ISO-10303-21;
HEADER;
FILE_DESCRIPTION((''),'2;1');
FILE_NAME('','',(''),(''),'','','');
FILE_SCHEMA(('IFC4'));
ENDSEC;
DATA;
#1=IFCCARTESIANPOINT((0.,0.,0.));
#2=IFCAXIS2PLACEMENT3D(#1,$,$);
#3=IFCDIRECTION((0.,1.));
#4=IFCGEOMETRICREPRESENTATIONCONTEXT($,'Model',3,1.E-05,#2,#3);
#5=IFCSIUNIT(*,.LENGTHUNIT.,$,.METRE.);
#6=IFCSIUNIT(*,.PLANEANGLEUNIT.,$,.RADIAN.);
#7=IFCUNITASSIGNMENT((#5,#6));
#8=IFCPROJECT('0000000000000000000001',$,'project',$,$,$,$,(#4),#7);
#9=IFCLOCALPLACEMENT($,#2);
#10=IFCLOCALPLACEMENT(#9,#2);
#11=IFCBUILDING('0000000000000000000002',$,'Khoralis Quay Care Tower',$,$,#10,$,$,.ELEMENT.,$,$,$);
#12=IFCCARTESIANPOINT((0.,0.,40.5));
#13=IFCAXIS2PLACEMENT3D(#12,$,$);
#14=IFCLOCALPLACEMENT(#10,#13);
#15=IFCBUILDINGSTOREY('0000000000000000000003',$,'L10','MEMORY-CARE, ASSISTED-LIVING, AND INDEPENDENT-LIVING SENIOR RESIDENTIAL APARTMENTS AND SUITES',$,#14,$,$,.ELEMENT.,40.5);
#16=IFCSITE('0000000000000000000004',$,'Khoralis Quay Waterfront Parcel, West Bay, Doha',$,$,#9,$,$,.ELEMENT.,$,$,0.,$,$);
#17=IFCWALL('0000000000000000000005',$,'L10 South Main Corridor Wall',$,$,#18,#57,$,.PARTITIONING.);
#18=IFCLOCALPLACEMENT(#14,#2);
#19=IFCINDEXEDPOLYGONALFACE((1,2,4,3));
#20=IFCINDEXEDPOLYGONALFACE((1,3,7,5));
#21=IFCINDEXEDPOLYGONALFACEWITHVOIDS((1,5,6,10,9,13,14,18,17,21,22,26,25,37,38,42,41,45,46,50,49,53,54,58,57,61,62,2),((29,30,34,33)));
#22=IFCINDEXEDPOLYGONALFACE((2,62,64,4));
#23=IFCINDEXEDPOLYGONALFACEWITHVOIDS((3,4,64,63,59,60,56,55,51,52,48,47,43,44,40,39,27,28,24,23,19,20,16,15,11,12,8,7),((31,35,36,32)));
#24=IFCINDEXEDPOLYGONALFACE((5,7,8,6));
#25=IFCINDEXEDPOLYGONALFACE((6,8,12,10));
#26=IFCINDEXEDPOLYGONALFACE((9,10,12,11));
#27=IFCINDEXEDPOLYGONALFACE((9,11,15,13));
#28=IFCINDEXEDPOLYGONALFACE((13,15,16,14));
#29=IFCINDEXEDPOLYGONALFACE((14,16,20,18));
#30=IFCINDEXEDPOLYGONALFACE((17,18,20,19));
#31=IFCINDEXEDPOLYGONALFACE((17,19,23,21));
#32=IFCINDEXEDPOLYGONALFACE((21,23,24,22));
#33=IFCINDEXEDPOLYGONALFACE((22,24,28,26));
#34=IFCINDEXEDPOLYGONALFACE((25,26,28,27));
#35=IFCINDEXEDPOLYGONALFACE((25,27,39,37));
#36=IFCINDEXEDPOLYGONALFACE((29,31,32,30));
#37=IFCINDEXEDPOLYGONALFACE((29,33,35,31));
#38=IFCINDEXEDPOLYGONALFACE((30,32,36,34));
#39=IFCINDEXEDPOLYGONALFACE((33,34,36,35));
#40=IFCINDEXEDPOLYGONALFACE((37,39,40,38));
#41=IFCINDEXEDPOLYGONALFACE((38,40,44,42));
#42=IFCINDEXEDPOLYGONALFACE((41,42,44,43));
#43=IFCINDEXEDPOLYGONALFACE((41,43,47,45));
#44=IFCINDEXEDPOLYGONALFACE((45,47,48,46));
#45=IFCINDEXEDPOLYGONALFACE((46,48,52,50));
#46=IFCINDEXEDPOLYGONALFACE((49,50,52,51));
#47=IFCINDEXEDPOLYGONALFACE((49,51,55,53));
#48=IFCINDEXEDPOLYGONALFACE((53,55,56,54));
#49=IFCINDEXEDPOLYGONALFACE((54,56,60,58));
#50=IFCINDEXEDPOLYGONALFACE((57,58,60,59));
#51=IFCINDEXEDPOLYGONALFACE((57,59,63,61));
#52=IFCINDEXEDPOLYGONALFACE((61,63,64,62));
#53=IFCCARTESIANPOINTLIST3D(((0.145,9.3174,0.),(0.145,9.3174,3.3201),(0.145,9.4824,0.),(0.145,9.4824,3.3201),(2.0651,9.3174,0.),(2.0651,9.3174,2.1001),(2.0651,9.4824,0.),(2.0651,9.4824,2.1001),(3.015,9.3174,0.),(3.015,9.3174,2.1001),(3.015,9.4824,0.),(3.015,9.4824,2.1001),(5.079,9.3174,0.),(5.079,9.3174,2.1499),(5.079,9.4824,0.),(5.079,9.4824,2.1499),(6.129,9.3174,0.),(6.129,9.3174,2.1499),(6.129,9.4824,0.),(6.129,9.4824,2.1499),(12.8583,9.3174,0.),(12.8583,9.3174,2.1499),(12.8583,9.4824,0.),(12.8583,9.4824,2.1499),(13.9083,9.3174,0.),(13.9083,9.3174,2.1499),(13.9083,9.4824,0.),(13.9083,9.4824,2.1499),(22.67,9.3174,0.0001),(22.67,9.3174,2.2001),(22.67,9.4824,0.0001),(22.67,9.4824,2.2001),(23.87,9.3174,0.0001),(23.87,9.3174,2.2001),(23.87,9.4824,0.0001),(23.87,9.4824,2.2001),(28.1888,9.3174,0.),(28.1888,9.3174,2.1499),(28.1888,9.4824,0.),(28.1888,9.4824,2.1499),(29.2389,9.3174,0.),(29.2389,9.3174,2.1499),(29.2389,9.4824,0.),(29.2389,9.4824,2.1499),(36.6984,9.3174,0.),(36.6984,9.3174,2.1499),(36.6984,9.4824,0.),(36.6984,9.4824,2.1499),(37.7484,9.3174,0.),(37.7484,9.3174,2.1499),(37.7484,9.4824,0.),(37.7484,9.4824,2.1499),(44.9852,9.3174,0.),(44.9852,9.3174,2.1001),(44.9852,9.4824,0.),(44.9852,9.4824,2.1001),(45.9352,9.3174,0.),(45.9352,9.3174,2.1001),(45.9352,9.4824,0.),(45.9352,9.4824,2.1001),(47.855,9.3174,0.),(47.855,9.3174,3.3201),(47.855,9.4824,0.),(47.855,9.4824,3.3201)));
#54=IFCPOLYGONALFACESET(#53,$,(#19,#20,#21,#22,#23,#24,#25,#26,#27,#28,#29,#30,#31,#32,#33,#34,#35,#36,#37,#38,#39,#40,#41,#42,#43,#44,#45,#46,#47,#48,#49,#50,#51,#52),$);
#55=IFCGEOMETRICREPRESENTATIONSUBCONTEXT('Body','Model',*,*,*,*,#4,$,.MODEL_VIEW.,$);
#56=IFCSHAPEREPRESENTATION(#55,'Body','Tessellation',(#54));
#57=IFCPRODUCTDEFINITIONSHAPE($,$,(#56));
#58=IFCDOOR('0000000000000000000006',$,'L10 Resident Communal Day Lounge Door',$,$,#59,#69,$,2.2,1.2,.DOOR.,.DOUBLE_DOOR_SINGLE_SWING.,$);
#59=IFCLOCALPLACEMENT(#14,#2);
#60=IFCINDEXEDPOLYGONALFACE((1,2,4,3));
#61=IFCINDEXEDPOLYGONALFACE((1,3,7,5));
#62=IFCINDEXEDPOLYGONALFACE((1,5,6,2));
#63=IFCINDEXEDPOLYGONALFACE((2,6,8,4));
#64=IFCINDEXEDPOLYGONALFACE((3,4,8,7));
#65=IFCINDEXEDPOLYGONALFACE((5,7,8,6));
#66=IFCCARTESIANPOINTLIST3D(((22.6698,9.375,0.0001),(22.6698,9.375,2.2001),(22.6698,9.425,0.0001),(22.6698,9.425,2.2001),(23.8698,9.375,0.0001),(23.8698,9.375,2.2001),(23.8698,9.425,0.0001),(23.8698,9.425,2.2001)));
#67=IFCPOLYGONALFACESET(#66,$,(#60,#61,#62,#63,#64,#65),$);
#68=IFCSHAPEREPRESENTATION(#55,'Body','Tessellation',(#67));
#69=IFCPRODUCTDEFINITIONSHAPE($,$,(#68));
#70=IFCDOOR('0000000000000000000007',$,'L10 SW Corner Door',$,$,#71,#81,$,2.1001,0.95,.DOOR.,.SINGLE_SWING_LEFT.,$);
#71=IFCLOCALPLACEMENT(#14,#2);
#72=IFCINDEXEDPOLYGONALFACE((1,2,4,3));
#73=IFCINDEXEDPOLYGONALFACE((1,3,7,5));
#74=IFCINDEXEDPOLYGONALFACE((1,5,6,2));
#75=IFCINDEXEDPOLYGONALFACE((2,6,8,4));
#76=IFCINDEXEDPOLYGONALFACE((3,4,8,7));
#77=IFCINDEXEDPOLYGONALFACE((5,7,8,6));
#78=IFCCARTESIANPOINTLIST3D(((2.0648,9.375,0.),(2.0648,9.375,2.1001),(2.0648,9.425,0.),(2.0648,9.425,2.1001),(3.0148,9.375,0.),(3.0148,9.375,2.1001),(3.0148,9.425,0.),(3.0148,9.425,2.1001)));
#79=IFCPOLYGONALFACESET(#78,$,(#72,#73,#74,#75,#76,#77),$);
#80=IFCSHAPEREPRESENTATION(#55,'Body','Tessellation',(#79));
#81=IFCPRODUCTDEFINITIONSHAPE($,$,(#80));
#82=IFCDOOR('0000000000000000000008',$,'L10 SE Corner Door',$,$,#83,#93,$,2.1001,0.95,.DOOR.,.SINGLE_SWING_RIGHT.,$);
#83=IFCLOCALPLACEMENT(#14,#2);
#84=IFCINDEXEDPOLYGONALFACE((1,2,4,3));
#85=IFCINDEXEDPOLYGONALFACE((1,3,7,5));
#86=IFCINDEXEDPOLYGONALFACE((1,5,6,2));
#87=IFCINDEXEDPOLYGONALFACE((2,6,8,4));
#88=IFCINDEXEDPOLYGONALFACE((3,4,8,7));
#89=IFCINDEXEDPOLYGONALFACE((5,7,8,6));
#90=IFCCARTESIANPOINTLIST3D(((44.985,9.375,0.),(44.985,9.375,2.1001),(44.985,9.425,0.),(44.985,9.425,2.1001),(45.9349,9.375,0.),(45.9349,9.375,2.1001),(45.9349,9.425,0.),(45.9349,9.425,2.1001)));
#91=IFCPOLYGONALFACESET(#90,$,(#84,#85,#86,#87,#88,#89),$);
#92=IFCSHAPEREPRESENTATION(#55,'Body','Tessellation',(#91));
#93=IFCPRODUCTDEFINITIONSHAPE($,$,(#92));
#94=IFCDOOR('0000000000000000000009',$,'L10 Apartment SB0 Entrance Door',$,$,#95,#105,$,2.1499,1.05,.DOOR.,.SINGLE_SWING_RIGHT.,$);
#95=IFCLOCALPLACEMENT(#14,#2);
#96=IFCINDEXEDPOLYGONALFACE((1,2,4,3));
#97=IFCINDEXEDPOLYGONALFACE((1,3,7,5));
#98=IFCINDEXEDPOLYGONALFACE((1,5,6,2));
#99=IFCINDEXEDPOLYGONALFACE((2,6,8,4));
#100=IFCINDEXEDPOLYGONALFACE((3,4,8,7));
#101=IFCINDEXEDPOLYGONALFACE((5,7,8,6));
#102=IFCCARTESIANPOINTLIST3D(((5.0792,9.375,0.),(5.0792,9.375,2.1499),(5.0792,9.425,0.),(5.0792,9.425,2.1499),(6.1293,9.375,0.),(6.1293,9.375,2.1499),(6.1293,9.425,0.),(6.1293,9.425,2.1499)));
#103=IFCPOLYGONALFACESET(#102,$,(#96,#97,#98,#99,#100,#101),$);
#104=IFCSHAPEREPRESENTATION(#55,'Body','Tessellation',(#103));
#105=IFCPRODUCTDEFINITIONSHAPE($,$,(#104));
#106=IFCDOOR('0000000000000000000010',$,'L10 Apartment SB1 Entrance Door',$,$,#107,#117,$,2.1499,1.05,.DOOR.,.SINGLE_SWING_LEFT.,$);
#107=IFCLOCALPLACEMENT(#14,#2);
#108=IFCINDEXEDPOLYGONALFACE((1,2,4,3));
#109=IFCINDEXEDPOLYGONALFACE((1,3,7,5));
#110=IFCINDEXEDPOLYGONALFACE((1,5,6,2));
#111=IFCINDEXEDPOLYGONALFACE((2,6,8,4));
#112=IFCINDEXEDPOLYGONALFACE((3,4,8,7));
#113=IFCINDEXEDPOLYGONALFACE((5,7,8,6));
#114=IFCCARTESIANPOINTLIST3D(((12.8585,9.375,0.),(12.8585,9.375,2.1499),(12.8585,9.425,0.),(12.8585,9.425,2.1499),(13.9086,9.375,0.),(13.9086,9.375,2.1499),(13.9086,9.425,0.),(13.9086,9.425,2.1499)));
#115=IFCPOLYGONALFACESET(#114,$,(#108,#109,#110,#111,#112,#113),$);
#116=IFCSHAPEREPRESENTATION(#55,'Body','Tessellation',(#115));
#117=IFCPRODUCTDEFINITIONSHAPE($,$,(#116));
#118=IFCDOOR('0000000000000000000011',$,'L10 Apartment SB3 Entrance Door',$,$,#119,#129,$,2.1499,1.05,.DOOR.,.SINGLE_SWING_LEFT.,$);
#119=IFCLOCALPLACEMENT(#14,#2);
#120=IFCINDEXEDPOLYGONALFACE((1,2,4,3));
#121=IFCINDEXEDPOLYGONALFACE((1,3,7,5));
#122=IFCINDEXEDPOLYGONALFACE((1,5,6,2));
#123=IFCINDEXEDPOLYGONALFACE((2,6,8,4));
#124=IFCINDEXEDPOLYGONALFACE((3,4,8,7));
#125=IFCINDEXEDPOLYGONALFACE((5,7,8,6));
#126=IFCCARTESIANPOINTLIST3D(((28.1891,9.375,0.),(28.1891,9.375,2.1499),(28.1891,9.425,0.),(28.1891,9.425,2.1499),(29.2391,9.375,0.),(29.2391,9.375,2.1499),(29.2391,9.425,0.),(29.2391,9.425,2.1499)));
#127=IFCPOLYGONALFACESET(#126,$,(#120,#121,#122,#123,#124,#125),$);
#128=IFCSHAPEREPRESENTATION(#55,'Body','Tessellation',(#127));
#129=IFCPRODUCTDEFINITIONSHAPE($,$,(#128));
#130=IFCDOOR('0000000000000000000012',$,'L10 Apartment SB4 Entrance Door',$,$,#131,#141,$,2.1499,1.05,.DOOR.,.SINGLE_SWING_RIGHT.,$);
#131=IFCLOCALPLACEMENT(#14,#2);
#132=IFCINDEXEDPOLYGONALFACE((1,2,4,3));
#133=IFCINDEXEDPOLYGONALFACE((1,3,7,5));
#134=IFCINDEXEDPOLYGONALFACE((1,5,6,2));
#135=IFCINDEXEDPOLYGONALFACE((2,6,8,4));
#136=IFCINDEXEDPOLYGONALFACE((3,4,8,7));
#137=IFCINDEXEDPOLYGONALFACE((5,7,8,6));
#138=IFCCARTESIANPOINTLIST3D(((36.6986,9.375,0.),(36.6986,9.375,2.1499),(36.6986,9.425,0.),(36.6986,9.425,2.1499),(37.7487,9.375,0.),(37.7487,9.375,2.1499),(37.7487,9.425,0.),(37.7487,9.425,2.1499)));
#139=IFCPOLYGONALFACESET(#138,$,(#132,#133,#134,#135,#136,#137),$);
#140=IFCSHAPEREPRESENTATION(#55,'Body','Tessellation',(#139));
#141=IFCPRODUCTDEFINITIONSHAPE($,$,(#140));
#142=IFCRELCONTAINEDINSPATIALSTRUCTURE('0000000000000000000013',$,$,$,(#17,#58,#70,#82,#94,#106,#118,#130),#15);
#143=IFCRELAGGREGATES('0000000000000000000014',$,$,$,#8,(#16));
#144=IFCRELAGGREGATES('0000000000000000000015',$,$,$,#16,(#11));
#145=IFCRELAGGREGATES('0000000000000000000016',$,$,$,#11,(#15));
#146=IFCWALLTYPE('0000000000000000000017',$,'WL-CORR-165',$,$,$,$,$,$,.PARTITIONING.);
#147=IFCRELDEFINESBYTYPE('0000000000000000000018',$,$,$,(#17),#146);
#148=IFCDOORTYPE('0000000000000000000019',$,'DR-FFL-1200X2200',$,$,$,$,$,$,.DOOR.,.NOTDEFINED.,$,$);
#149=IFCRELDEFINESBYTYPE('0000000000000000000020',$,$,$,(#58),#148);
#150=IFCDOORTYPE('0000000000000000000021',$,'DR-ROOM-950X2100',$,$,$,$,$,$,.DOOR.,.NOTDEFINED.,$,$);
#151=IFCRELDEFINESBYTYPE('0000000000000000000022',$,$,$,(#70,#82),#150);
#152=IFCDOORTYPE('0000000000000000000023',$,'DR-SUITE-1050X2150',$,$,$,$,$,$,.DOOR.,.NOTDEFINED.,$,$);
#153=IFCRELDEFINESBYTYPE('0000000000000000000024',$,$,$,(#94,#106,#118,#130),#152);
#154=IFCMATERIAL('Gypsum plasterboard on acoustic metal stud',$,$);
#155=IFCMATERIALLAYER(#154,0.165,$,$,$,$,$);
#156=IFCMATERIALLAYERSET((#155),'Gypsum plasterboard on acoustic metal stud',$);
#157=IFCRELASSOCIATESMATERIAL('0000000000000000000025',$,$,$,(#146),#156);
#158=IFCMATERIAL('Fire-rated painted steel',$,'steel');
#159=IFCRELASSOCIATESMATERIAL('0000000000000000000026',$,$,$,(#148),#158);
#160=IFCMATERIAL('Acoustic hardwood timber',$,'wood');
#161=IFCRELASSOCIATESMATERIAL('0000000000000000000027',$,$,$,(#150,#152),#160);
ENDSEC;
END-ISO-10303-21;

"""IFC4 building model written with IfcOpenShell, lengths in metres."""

from ifc_helpers import new_model, si_unit, direction, frame, frame_2d, origin, place, context, subcontext, project, spatial, rectangle, extrude, source, transform, mapped, material, layer, layer_set, type_object, element, fill, save


model = new_model("IFC4")

# Units and contexts
model_context = context("Model", 3, precision=1e-05, world=origin(), true_north=direction((0.0, 1.0)))
body_context = subcontext(model_context, "Body", "Model", "MODEL_VIEW")
ifc_project = project(units=[si_unit("LENGTHUNIT", "METRE"), si_unit("PLANEANGLEUNIT", "RADIAN")], contexts=[model_context])

# Site, building, storey
site_placement = place(None, origin())
site = spatial("IfcSite", under=ifc_project, at=site_placement, Name="Khoralis Quay Waterfront Parcel, West Bay, Doha", CompositionType="ELEMENT", RefElevation=0.0)
building_placement = place(site_placement, origin())
building = spatial("IfcBuilding", under=site, at=building_placement, Name="Khoralis Quay Care Tower", CompositionType="ELEMENT")
storey_placement = place(building_placement, frame((0.0, 0.0, 40.5)))
storey = spatial("IfcBuildingStorey", under=building, at=storey_placement, Name="L10", Description="MEMORY-CARE, ASSISTED-LIVING, AND INDEPENDENT-LIVING SENIOR RESIDENTIAL APARTMENTS AND SUITES", CompositionType="ELEMENT", Elevation=40.5)

# Wall, openings, doors
ifc_material_1 = material(Name="Gypsum plasterboard on acoustic metal stud")
ifc_layer_1 = layer(ifc_material_1, 0.165)
ifc_layer_set_1 = layer_set([ifc_layer_1], Name="Gypsum plasterboard on acoustic metal stud")
wall_type_1 = type_object("IfcWallType", Name="WL-CORR-165", PredefinedType="PARTITIONING", material=ifc_layer_set_1)
wall_1_placement = place(storey_placement, frame((0.145, 9.3999, 0.0), z_axis=(0.0, 0.0, 1.0), x_axis=(1.0, 0.0, 0.0)))
wall_1 = element("IfcWall", 1, at=wall_1_placement, inside=storey, type_object=wall_type_1, Name="L10 South Main Corridor Wall", PredefinedType="PARTITIONING", context=body_context, shape_type="SweptSolid", body=[
    extrude(rectangle(XDim=47.71, YDim=0.165, at=frame_2d((23.855, 0.0))), origin(), (0.0, 0.0, 1.0), 3.3201),
])
opening_1_placement = place(wall_1_placement, frame((4.9341, 0.0, 0.0)))
opening_1 = element("IfcOpeningElement", 2, at=opening_1_placement, cuts=wall_1, PredefinedType="OPENING", context=body_context, shape_type="SweptSolid", body=[
    extrude(rectangle(XDim=1.05, YDim=2.1499, at=frame_2d((0.5249, 1.075))), frame((0.0, 0.0925, 0.0), z_axis=(0.0, -1.0, 0.0), x_axis=(1.0, 0.0, 0.0)), (0.0, 0.0, 1.0), 0.1851),
])
opening_2_placement = place(wall_1_placement, frame((12.7134, 0.0, 0.0)))
opening_2 = element("IfcOpeningElement", 3, at=opening_2_placement, cuts=wall_1, PredefinedType="OPENING", context=body_context, shape_type="SweptSolid", body=[
    extrude(rectangle(XDim=1.05, YDim=2.1499, at=frame_2d((0.5249, 1.075))), frame((0.0, 0.0925, 0.0), z_axis=(0.0, -1.0, 0.0), x_axis=(1.0, 0.0, 0.0)), (0.0, 0.0, 1.0), 0.1851),
])
opening_3_placement = place(wall_1_placement, frame((22.5249, 0.0, 0.0)))
opening_3 = element("IfcOpeningElement", 4, at=opening_3_placement, cuts=wall_1, PredefinedType="OPENING", context=body_context, shape_type="SweptSolid", body=[
    extrude(rectangle(XDim=1.2, YDim=2.2, at=frame_2d((0.6001, 1.1001))), frame((0.0, 0.0925, 0.0), z_axis=(0.0, -1.0, 0.0), x_axis=(1.0, 0.0, 0.0)), (0.0, 0.0, 1.0), 0.1851),
])
opening_4_placement = place(wall_1_placement, frame((28.0439, 0.0, 0.0)))
opening_4 = element("IfcOpeningElement", 5, at=opening_4_placement, cuts=wall_1, PredefinedType="OPENING", context=body_context, shape_type="SweptSolid", body=[
    extrude(rectangle(XDim=1.05, YDim=2.1499, at=frame_2d((0.5249, 1.075))), frame((0.0, 0.0925, 0.0), z_axis=(0.0, -1.0, 0.0), x_axis=(1.0, 0.0, 0.0)), (0.0, 0.0, 1.0), 0.1851),
])
opening_5_placement = place(wall_1_placement, frame((36.5535, 0.0, 0.0)))
opening_5 = element("IfcOpeningElement", 6, at=opening_5_placement, cuts=wall_1, PredefinedType="OPENING", context=body_context, shape_type="SweptSolid", body=[
    extrude(rectangle(XDim=1.05, YDim=2.1499, at=frame_2d((0.5249, 1.075))), frame((0.0, 0.0925, 0.0), z_axis=(0.0, -1.0, 0.0), x_axis=(1.0, 0.0, 0.0)), (0.0, 0.0, 1.0), 0.1851),
])
opening_6_placement = place(wall_1_placement, frame((1.9199, 0.0, 0.0)))
opening_6 = element("IfcOpeningElement", 7, at=opening_6_placement, cuts=wall_1, PredefinedType="OPENING", context=body_context, shape_type="SweptSolid", body=[
    extrude(rectangle(XDim=0.95, YDim=2.1001, at=frame_2d((0.4751, 1.05))), frame((0.0, 0.0925, 0.0), z_axis=(0.0, -1.0, 0.0), x_axis=(1.0, 0.0, 0.0)), (0.0, 0.0, 1.0), 0.1851),
])
opening_7_placement = place(wall_1_placement, frame((44.8401, 0.0, 0.0)))
opening_7 = element("IfcOpeningElement", 8, at=opening_7_placement, cuts=wall_1, PredefinedType="OPENING", context=body_context, shape_type="SweptSolid", body=[
    extrude(rectangle(XDim=0.95, YDim=2.1001, at=frame_2d((0.4751, 1.05))), frame((0.0, 0.0925, 0.0), z_axis=(0.0, -1.0, 0.0), x_axis=(1.0, 0.0, 0.0)), (0.0, 0.0, 1.0), 0.1851),
])
ifc_material_2 = material(Name="Fire-rated painted steel", Category="steel")
door_type_1 = type_object("IfcDoorType", Name="DR-FFL-1200X2200", OperationType="NOTDEFINED", PredefinedType="DOOR", material=ifc_material_2)
shared_shape_1 = source(origin(), body_context, "Body", "SweptSolid", [
    extrude(rectangle(XDim=1.2, YDim=2.2, at=frame_2d((0.6001, 1.1001))), frame((0.0, 0.0249, 0.0), z_axis=(0.0, -1.0, 0.0), x_axis=(1.0, 0.0, 0.0)), (0.0, 0.0, 1.0), 0.05),
])
door_1_placement = place(opening_3_placement, frame((1.2, 0.0, 0.0), z_axis=(0.0, 0.0, 1.0), x_axis=(-1.0, 0.0, 0.0)))
door_1 = element("IfcDoor", 9, at=door_1_placement, inside=storey, type_object=door_type_1, Name="L10 Resident Communal Day Lounge Door", OperationType="DOUBLE_DOOR_SINGLE_SWING", OverallHeight=2.2, OverallWidth=1.2, PredefinedType="DOOR", context=body_context, shape_type="MappedRepresentation", body=[
    mapped(shared_shape_1, transform((0.0, 0.0, 0.0), scale=1.0)),
])
fill(opening_3, door_1)
ifc_material_3 = material(Name="Acoustic hardwood timber", Category="wood")
door_type_2 = type_object("IfcDoorType", Name="DR-ROOM-950X2100", OperationType="NOTDEFINED", PredefinedType="DOOR", material=ifc_material_3)
shared_shape_2 = source(origin(), body_context, "Body", "SweptSolid", [
    extrude(rectangle(XDim=0.95, YDim=2.1001, at=frame_2d((0.4751, 1.05))), frame((0.0, 0.0249, 0.0), z_axis=(0.0, -1.0, 0.0), x_axis=(1.0, 0.0, 0.0)), (0.0, 0.0, 1.0), 0.05),
])
door_2_placement = place(opening_6_placement, frame((0.95, 0.0, 0.0), z_axis=(0.0, 0.0, 1.0), x_axis=(-1.0, 0.0, 0.0)))
door_2 = element("IfcDoor", 10, at=door_2_placement, inside=storey, type_object=door_type_2, Name="L10 SW Corner Door", OperationType="SINGLE_SWING_LEFT", OverallHeight=2.1001, OverallWidth=0.95, PredefinedType="DOOR", context=body_context, shape_type="MappedRepresentation", body=[
    mapped(shared_shape_2, transform((0.0, 0.0, 0.0), scale=1.0)),
])
fill(opening_6, door_2)
door_3_placement = place(opening_7_placement, frame((0.95, 0.0, 0.0), z_axis=(0.0, 0.0, 1.0), x_axis=(-1.0, 0.0, 0.0)))
door_3 = element("IfcDoor", 11, at=door_3_placement, inside=storey, type_object=door_type_2, Name="L10 SE Corner Door", OperationType="SINGLE_SWING_RIGHT", OverallHeight=2.1001, OverallWidth=0.95, PredefinedType="DOOR", context=body_context, shape_type="MappedRepresentation", body=[
    mapped(shared_shape_2, transform((0.0, 0.0, 0.0), scale=1.0)),
])
fill(opening_7, door_3)
door_type_3 = type_object("IfcDoorType", Name="DR-SUITE-1050X2150", OperationType="NOTDEFINED", PredefinedType="DOOR", material=ifc_material_3)
shared_shape_3 = source(origin(), body_context, "Body", "SweptSolid", [
    extrude(rectangle(XDim=1.05, YDim=2.1499, at=frame_2d((0.5249, 1.075))), frame((0.0, 0.0249, 0.0), z_axis=(0.0, -1.0, 0.0), x_axis=(1.0, 0.0, 0.0)), (0.0, 0.0, 1.0), 0.05),
])
door_4_placement = place(opening_1_placement, frame((1.05, 0.0, 0.0), z_axis=(0.0, 0.0, 1.0), x_axis=(-1.0, 0.0, 0.0)))
door_4 = element("IfcDoor", 12, at=door_4_placement, inside=storey, type_object=door_type_3, Name="L10 Apartment SB0 Entrance Door", OperationType="SINGLE_SWING_RIGHT", OverallHeight=2.1499, OverallWidth=1.05, PredefinedType="DOOR", context=body_context, shape_type="MappedRepresentation", body=[
    mapped(shared_shape_3, transform((0.0, 0.0, 0.0), scale=1.0)),
])
fill(opening_1, door_4)
door_5_placement = place(opening_2_placement, frame((1.05, 0.0, 0.0), z_axis=(0.0, 0.0, 1.0), x_axis=(-1.0, 0.0, 0.0)))
door_5 = element("IfcDoor", 13, at=door_5_placement, inside=storey, type_object=door_type_3, Name="L10 Apartment SB1 Entrance Door", OperationType="SINGLE_SWING_LEFT", OverallHeight=2.1499, OverallWidth=1.05, PredefinedType="DOOR", context=body_context, shape_type="MappedRepresentation", body=[
    mapped(shared_shape_3, transform((0.0, 0.0, 0.0), scale=1.0)),
])
fill(opening_2, door_5)
door_6_placement = place(opening_4_placement, frame((1.05, 0.0, 0.0), z_axis=(0.0, 0.0, 1.0), x_axis=(-1.0, 0.0, 0.0)))
door_6 = element("IfcDoor", 14, at=door_6_placement, inside=storey, type_object=door_type_3, Name="L10 Apartment SB3 Entrance Door", OperationType="SINGLE_SWING_LEFT", OverallHeight=2.1499, OverallWidth=1.05, PredefinedType="DOOR", context=body_context, shape_type="MappedRepresentation", body=[
    mapped(shared_shape_3, transform((0.0, 0.0, 0.0), scale=1.0)),
])
fill(opening_4, door_6)
door_7_placement = place(opening_5_placement, frame((1.05, 0.0, 0.0), z_axis=(0.0, 0.0, 1.0), x_axis=(-1.0, 0.0, 0.0)))
door_7 = element("IfcDoor", 15, at=door_7_placement, inside=storey, type_object=door_type_3, Name="L10 Apartment SB4 Entrance Door", OperationType="SINGLE_SWING_RIGHT", OverallHeight=2.1499, OverallWidth=1.05, PredefinedType="DOOR", context=body_context, shape_type="MappedRepresentation", body=[
    mapped(shared_shape_3, transform((0.0, 0.0, 0.0), scale=1.0)),
])
fill(opening_5, door_7)

save(model, "model.ifc")
